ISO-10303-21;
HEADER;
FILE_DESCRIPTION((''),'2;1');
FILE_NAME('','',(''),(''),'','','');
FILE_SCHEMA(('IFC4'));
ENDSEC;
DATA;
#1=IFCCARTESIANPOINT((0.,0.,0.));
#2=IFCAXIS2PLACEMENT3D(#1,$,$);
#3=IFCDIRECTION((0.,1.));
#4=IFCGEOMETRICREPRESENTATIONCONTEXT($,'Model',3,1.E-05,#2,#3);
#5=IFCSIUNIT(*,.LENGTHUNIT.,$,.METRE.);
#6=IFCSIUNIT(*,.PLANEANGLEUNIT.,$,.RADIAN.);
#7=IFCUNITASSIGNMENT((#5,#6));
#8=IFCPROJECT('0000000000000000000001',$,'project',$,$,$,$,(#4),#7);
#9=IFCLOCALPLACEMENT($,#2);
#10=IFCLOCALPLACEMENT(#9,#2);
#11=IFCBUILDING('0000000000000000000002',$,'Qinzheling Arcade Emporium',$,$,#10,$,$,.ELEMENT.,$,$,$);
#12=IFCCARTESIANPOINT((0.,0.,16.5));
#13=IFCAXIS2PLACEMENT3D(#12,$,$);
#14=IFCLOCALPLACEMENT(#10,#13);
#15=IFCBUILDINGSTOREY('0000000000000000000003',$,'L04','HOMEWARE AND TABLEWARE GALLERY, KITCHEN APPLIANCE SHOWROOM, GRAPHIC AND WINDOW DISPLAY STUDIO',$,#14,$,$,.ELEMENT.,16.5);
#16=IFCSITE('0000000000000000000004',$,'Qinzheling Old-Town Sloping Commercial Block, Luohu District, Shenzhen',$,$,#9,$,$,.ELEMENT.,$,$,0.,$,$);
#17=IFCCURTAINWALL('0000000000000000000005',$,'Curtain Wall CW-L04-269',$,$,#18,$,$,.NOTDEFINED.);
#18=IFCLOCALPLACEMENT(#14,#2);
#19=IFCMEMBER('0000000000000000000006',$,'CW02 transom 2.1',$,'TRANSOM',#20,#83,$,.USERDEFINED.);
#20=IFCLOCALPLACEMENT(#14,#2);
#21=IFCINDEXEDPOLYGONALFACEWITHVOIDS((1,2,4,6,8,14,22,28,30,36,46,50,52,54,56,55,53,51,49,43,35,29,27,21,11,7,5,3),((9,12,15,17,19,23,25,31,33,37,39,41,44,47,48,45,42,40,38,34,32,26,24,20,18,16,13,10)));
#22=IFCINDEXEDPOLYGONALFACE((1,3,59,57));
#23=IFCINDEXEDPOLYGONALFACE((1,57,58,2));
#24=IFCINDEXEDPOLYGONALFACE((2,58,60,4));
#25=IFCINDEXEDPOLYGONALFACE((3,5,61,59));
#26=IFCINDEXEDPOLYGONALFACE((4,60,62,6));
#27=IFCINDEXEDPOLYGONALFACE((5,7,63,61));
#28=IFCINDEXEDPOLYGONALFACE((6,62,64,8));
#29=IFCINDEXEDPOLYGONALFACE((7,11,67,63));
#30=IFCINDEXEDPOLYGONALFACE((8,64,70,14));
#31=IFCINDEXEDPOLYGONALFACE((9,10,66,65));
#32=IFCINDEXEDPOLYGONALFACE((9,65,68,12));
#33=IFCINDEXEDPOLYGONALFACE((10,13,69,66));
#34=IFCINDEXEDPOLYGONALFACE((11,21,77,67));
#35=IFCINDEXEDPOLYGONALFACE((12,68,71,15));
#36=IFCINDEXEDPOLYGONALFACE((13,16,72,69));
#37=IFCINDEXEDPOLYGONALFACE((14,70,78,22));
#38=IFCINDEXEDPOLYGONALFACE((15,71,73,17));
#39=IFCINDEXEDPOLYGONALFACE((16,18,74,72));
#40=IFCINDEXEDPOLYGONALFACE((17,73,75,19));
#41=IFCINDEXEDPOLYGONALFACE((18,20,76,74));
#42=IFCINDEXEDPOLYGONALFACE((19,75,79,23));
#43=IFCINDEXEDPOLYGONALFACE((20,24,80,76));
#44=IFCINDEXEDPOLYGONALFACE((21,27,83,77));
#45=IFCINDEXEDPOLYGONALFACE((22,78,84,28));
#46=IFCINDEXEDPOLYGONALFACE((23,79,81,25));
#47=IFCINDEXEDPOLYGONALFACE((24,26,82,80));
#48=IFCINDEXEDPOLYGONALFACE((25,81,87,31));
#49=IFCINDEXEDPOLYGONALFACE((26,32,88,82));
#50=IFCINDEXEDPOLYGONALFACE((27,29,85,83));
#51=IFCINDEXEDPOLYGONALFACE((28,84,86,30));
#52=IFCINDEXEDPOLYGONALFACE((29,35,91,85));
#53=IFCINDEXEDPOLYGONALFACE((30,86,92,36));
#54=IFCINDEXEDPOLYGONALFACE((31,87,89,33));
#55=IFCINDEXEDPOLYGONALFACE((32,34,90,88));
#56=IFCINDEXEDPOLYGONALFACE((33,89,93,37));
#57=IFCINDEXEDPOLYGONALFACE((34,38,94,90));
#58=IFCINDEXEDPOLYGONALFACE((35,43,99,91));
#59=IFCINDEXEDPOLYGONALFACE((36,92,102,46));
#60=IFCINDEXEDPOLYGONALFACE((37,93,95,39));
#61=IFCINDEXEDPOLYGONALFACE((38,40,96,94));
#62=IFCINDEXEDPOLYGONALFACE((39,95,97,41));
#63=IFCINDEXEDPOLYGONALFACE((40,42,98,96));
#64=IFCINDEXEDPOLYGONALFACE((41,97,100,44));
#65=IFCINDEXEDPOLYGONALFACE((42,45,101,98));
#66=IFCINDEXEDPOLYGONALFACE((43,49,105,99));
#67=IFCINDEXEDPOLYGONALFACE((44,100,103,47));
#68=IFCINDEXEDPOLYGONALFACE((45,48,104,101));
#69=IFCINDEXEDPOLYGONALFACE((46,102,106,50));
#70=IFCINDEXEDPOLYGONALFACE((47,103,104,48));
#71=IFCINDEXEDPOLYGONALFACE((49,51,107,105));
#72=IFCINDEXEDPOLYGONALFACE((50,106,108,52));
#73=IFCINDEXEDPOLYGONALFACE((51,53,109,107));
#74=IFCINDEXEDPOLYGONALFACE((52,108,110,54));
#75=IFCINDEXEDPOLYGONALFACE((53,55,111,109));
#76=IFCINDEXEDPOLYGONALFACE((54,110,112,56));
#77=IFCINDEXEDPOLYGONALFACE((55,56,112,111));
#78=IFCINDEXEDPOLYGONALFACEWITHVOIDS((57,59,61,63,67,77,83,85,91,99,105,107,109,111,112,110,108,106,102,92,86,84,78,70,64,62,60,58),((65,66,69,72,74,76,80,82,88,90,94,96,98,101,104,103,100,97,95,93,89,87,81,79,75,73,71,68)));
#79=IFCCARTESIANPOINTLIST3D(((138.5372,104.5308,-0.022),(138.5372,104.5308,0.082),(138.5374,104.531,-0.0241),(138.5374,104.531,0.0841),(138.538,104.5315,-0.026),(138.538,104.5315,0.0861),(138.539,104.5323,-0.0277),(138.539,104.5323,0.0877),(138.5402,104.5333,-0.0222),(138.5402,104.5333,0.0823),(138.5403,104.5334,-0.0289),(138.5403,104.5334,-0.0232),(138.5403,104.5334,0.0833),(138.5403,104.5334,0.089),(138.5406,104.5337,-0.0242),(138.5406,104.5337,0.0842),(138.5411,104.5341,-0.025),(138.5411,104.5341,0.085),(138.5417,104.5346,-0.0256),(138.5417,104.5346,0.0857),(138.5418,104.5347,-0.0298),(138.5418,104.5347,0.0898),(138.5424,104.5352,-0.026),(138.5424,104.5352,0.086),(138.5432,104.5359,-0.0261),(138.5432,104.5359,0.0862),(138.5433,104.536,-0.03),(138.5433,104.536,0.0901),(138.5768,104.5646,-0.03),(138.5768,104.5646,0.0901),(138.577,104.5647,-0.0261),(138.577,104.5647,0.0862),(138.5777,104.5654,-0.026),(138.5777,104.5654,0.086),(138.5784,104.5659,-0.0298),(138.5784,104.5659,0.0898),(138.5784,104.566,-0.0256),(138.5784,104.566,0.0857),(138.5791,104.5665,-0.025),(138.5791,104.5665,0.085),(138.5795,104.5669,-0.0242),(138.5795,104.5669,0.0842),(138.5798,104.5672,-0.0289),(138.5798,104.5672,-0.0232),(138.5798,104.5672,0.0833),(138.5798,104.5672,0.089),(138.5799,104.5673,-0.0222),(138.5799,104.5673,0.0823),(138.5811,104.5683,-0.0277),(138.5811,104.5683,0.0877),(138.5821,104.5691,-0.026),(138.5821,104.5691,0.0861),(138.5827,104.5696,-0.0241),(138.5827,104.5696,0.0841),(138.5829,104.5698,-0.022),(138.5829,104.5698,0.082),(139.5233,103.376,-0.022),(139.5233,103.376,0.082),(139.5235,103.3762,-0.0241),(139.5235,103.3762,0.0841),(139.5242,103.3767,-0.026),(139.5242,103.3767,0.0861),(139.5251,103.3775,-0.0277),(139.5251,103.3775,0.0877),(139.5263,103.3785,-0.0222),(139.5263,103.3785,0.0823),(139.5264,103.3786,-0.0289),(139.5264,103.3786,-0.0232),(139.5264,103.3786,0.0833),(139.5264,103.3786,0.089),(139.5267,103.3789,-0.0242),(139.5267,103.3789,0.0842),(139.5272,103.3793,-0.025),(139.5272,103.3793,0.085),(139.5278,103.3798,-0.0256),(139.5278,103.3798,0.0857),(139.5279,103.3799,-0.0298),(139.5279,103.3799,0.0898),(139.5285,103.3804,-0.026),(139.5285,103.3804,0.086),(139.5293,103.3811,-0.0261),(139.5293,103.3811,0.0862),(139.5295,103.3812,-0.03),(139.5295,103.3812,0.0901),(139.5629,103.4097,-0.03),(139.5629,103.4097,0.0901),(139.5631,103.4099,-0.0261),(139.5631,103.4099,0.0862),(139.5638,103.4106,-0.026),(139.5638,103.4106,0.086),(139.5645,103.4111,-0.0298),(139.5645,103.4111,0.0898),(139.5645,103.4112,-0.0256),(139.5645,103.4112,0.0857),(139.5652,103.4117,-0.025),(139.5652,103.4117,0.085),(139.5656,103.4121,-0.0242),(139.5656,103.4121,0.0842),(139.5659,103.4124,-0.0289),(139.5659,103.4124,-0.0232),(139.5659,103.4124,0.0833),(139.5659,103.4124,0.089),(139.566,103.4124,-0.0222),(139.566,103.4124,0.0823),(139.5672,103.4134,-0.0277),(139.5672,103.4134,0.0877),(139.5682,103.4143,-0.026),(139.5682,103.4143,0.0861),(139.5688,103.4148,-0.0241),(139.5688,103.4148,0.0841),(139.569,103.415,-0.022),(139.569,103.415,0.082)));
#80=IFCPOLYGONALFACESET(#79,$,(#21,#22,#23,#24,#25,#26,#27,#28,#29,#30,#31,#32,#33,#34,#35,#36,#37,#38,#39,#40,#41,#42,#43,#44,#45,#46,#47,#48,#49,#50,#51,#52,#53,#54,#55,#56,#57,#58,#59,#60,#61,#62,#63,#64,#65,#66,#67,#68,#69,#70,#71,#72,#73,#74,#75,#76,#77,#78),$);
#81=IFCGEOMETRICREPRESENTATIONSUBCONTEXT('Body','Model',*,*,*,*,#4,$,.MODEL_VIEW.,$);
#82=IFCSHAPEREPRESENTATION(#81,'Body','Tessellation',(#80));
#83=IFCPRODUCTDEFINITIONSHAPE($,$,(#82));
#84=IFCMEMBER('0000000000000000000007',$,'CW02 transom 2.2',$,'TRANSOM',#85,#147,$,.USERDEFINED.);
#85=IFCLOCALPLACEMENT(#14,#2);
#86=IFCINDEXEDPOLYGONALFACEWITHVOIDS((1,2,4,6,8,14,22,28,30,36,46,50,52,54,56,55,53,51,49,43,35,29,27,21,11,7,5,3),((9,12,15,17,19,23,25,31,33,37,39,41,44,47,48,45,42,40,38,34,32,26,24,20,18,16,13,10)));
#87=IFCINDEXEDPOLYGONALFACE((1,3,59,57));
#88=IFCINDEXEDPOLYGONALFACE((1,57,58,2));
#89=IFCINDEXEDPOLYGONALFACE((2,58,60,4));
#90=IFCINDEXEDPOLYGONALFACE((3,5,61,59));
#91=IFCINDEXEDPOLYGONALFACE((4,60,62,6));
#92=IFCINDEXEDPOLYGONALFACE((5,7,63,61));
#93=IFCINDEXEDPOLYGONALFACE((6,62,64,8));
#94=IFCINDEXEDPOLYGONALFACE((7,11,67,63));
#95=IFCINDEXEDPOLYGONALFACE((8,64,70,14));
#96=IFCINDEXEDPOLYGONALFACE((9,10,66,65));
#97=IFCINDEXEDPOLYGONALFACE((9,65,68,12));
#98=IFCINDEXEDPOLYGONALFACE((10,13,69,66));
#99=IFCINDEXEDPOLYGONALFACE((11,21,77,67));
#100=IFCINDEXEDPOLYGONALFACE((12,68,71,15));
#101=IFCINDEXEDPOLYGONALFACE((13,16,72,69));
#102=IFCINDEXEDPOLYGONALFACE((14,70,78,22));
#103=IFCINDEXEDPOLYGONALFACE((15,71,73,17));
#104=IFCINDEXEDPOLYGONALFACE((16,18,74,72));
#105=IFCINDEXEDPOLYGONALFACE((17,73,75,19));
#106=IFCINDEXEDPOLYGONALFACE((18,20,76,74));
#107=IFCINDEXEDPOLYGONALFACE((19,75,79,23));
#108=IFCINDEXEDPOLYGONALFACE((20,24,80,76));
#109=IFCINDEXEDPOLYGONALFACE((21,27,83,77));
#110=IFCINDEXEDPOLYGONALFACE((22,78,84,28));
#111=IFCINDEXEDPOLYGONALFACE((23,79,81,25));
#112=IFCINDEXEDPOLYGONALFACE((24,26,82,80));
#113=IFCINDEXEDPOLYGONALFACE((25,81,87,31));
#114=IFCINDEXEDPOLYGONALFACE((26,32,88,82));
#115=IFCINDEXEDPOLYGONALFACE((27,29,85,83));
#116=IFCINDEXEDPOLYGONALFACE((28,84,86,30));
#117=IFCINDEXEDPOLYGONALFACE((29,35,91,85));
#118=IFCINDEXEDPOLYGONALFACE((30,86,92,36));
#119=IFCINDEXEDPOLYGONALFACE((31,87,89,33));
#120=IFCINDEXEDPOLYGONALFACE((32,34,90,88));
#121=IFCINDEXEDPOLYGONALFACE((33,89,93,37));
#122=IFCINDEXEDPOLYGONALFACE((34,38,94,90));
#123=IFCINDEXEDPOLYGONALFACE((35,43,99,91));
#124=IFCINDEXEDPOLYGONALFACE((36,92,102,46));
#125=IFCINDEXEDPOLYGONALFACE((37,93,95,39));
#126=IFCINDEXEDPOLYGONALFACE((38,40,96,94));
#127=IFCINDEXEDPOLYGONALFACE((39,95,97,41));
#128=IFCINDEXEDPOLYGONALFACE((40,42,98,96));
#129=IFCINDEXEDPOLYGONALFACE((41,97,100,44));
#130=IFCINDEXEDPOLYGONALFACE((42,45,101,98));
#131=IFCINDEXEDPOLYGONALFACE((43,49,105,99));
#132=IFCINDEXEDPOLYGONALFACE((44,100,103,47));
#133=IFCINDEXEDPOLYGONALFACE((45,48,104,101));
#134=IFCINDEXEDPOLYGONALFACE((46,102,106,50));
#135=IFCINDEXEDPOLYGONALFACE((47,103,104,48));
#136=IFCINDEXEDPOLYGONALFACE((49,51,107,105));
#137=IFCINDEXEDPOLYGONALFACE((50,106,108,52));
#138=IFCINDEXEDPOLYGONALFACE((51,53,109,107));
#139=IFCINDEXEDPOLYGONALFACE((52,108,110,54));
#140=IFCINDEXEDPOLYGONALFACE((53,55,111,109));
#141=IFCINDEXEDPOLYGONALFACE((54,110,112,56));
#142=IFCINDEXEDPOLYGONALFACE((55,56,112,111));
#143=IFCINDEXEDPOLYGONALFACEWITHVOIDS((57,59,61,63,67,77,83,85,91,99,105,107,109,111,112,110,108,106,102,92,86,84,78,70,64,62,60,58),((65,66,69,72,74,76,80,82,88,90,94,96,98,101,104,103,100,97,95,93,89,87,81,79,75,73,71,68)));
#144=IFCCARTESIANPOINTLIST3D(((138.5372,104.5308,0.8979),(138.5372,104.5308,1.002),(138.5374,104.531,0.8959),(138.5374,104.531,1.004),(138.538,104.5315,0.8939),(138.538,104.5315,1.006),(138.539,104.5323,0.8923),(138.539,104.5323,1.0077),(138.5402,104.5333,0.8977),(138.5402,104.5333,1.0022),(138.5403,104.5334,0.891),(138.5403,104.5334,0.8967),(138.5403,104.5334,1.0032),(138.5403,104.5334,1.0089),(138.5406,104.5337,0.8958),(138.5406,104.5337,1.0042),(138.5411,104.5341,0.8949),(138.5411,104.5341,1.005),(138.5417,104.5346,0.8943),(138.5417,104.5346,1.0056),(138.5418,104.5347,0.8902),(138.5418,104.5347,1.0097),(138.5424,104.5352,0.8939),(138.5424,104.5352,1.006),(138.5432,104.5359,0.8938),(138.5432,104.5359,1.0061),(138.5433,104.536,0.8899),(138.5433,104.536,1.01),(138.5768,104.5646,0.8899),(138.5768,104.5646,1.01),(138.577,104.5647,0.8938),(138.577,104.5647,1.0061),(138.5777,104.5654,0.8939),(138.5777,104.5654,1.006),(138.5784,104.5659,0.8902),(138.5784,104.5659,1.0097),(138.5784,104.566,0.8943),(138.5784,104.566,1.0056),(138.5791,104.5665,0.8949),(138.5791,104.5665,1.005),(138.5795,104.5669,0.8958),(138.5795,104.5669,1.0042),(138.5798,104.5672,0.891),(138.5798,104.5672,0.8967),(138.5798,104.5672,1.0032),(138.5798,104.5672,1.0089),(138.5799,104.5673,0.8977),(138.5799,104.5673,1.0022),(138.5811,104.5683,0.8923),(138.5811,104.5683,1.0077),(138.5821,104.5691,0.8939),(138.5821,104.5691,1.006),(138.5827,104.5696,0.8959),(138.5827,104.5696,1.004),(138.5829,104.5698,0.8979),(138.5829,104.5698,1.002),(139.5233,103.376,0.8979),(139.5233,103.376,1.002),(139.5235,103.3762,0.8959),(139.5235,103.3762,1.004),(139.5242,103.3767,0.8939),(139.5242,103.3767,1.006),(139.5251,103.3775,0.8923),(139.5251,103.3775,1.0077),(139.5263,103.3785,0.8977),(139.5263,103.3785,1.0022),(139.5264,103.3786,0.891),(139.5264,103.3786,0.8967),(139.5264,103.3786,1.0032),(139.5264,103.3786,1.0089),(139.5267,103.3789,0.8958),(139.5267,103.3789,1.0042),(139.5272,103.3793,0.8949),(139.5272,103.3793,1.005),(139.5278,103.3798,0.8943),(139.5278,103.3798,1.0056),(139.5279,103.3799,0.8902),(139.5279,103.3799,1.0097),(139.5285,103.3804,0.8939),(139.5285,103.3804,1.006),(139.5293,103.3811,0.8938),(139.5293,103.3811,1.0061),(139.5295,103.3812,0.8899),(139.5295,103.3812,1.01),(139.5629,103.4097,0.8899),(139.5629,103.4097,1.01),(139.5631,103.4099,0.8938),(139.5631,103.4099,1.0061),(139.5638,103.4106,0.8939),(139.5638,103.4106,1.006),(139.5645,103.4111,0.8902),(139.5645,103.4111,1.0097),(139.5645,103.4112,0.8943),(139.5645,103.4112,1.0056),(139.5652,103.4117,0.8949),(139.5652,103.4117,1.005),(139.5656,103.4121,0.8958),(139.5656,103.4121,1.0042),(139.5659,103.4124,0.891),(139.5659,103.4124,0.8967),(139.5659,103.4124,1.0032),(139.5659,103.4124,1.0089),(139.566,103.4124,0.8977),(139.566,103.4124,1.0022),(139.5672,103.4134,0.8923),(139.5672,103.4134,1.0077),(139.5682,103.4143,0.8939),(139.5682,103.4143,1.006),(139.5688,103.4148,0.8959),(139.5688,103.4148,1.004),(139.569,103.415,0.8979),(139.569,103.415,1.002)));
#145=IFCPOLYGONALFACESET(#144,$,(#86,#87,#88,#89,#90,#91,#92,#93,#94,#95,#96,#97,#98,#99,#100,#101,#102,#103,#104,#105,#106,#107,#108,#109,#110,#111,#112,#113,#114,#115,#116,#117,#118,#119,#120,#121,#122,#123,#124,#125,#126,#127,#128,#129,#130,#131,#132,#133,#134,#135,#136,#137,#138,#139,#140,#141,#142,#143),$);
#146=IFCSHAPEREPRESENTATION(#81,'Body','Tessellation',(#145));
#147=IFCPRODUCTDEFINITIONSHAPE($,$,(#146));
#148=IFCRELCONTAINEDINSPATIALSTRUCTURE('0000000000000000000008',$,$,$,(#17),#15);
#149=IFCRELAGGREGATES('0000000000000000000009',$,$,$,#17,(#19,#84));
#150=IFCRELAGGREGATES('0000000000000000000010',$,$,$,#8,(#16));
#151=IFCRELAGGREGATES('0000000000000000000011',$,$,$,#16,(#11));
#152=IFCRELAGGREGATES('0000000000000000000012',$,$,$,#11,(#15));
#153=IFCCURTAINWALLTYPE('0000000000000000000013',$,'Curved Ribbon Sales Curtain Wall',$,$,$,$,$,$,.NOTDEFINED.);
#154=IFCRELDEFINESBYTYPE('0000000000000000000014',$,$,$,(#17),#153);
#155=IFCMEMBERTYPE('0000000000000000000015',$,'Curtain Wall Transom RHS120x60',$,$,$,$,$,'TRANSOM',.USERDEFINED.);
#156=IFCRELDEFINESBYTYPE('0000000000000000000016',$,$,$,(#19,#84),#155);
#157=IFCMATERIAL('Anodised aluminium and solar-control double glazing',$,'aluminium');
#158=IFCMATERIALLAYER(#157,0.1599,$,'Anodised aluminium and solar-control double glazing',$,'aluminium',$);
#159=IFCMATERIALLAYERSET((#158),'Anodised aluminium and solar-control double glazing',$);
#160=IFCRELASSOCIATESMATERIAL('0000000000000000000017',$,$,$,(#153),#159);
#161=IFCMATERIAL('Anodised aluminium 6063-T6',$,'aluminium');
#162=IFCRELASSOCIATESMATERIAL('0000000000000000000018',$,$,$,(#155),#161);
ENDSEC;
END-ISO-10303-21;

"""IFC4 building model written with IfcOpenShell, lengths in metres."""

from ifc_helpers import new_model, si_unit, direction, frame, origin, origin_2d, place, context, subcontext, project, spatial, hollow_rectangle, extrude, material, layer, layer_set, material_profile, profile_set, type_object, element, aggregate, save


model = new_model("IFC4")

# Units and contexts
model_context = context("Model", 3, precision=1e-05, world=origin(), true_north=direction((0.0, 1.0)))
body_context = subcontext(model_context, "Body", "Model", "MODEL_VIEW")
ifc_project = project(units=[si_unit("LENGTHUNIT", "METRE"), si_unit("PLANEANGLEUNIT", "RADIAN")], contexts=[model_context])

# Site, building, storey
site_placement = place(None, origin())
site = spatial("IfcSite", under=ifc_project, at=site_placement, Name="Qinzheling Old-Town Sloping Commercial Block, Luohu District, Shenzhen", CompositionType="ELEMENT", RefElevation=0.0)
building_placement = place(site_placement, origin())
building = spatial("IfcBuilding", under=site, at=building_placement, Name="Qinzheling Arcade Emporium", CompositionType="ELEMENT")
storey_placement = place(building_placement, frame((0.0, 0.0, 16.5)))
storey = spatial("IfcBuildingStorey", under=building, at=storey_placement, Name="L04", Description="HOMEWARE AND TABLEWARE GALLERY, KITCHEN APPLIANCE SHOWROOM, GRAPHIC AND WINDOW DISPLAY STUDIO", CompositionType="ELEMENT", Elevation=16.5)

# Curtain wall
ifc_material_1 = material(Name="Anodised aluminium and solar-control double glazing", Category="aluminium")
ifc_layer_1 = layer(ifc_material_1, 0.1599, Name="Anodised aluminium and solar-control double glazing", Category="aluminium")
ifc_layer_set_1 = layer_set([ifc_layer_1], Name="Anodised aluminium and solar-control double glazing")
curtain_wall_type = type_object("IfcCurtainWallType", Name="Curved Ribbon Sales Curtain Wall", PredefinedType="NOTDEFINED", material=ifc_layer_set_1)
ifc_material_2 = material(Name="Anodised aluminium 6063-T6", Category="aluminium")
curtain_wall_1_placement = place(storey_placement, origin())
curtain_wall_1 = element("IfcCurtainWall", 1, at=curtain_wall_1_placement, inside=storey, type_object=curtain_wall_type, Name="Curtain Wall CW-L04-269", PredefinedType="NOTDEFINED")

# Members
ifc_material_profile_1 = material_profile(ifc_material_2, hollow_rectangle(XDim=0.0601, YDim=0.1201, WallThickness=0.0039, InnerFilletRadius=0.0039, OuterFilletRadius=0.0081, at=origin_2d()), Name="RHS 120x60x4", Category="aluminium")
ifc_profile_set_1 = profile_set([ifc_material_profile_1], Name="Anodised aluminium 6063-T6")
member_type_1 = type_object("IfcMemberType", Name="Curtain Wall Transom RHS120x60", ElementType="TRANSOM", PredefinedType="USERDEFINED", material=ifc_profile_set_1)
member_1_placement = place(storey_placement, frame((138.5601, 104.5503, 0.03), z_axis=(0.649374, -0.76047, 0.0), x_axis=(0.76047, 0.649374, 0.0)))
member_1 = element("IfcMember", 2, at=member_1_placement, type_object=member_type_1, Name="CW02 transom 2.1", ObjectType="TRANSOM", PredefinedType="USERDEFINED", context=body_context, shape_type="SweptSolid", body=[
    extrude(hollow_rectangle(XDim=0.0601, YDim=0.1201, WallThickness=0.0039, InnerFilletRadius=0.0039, OuterFilletRadius=0.0081, at=origin_2d()), origin(), (0.0, 0.0, 1.0), 1.5186),
])
member_2_placement = place(storey_placement, frame((138.5601, 104.5503, 0.95), z_axis=(0.649374, -0.76047, 0.0), x_axis=(0.76047, 0.649374, 0.0)))
member_2 = element("IfcMember", 3, at=member_2_placement, type_object=member_type_1, Name="CW02 transom 2.2", ObjectType="TRANSOM", PredefinedType="USERDEFINED", context=body_context, shape_type="SweptSolid", body=[
    extrude(hollow_rectangle(XDim=0.0601, YDim=0.1201, WallThickness=0.0039, InnerFilletRadius=0.0039, OuterFilletRadius=0.0081, at=origin_2d()), origin(), (0.0, 0.0, 1.0), 1.5186),
])

aggregate(curtain_wall_1, [member_1, member_2])

save(model, "model.ifc")
